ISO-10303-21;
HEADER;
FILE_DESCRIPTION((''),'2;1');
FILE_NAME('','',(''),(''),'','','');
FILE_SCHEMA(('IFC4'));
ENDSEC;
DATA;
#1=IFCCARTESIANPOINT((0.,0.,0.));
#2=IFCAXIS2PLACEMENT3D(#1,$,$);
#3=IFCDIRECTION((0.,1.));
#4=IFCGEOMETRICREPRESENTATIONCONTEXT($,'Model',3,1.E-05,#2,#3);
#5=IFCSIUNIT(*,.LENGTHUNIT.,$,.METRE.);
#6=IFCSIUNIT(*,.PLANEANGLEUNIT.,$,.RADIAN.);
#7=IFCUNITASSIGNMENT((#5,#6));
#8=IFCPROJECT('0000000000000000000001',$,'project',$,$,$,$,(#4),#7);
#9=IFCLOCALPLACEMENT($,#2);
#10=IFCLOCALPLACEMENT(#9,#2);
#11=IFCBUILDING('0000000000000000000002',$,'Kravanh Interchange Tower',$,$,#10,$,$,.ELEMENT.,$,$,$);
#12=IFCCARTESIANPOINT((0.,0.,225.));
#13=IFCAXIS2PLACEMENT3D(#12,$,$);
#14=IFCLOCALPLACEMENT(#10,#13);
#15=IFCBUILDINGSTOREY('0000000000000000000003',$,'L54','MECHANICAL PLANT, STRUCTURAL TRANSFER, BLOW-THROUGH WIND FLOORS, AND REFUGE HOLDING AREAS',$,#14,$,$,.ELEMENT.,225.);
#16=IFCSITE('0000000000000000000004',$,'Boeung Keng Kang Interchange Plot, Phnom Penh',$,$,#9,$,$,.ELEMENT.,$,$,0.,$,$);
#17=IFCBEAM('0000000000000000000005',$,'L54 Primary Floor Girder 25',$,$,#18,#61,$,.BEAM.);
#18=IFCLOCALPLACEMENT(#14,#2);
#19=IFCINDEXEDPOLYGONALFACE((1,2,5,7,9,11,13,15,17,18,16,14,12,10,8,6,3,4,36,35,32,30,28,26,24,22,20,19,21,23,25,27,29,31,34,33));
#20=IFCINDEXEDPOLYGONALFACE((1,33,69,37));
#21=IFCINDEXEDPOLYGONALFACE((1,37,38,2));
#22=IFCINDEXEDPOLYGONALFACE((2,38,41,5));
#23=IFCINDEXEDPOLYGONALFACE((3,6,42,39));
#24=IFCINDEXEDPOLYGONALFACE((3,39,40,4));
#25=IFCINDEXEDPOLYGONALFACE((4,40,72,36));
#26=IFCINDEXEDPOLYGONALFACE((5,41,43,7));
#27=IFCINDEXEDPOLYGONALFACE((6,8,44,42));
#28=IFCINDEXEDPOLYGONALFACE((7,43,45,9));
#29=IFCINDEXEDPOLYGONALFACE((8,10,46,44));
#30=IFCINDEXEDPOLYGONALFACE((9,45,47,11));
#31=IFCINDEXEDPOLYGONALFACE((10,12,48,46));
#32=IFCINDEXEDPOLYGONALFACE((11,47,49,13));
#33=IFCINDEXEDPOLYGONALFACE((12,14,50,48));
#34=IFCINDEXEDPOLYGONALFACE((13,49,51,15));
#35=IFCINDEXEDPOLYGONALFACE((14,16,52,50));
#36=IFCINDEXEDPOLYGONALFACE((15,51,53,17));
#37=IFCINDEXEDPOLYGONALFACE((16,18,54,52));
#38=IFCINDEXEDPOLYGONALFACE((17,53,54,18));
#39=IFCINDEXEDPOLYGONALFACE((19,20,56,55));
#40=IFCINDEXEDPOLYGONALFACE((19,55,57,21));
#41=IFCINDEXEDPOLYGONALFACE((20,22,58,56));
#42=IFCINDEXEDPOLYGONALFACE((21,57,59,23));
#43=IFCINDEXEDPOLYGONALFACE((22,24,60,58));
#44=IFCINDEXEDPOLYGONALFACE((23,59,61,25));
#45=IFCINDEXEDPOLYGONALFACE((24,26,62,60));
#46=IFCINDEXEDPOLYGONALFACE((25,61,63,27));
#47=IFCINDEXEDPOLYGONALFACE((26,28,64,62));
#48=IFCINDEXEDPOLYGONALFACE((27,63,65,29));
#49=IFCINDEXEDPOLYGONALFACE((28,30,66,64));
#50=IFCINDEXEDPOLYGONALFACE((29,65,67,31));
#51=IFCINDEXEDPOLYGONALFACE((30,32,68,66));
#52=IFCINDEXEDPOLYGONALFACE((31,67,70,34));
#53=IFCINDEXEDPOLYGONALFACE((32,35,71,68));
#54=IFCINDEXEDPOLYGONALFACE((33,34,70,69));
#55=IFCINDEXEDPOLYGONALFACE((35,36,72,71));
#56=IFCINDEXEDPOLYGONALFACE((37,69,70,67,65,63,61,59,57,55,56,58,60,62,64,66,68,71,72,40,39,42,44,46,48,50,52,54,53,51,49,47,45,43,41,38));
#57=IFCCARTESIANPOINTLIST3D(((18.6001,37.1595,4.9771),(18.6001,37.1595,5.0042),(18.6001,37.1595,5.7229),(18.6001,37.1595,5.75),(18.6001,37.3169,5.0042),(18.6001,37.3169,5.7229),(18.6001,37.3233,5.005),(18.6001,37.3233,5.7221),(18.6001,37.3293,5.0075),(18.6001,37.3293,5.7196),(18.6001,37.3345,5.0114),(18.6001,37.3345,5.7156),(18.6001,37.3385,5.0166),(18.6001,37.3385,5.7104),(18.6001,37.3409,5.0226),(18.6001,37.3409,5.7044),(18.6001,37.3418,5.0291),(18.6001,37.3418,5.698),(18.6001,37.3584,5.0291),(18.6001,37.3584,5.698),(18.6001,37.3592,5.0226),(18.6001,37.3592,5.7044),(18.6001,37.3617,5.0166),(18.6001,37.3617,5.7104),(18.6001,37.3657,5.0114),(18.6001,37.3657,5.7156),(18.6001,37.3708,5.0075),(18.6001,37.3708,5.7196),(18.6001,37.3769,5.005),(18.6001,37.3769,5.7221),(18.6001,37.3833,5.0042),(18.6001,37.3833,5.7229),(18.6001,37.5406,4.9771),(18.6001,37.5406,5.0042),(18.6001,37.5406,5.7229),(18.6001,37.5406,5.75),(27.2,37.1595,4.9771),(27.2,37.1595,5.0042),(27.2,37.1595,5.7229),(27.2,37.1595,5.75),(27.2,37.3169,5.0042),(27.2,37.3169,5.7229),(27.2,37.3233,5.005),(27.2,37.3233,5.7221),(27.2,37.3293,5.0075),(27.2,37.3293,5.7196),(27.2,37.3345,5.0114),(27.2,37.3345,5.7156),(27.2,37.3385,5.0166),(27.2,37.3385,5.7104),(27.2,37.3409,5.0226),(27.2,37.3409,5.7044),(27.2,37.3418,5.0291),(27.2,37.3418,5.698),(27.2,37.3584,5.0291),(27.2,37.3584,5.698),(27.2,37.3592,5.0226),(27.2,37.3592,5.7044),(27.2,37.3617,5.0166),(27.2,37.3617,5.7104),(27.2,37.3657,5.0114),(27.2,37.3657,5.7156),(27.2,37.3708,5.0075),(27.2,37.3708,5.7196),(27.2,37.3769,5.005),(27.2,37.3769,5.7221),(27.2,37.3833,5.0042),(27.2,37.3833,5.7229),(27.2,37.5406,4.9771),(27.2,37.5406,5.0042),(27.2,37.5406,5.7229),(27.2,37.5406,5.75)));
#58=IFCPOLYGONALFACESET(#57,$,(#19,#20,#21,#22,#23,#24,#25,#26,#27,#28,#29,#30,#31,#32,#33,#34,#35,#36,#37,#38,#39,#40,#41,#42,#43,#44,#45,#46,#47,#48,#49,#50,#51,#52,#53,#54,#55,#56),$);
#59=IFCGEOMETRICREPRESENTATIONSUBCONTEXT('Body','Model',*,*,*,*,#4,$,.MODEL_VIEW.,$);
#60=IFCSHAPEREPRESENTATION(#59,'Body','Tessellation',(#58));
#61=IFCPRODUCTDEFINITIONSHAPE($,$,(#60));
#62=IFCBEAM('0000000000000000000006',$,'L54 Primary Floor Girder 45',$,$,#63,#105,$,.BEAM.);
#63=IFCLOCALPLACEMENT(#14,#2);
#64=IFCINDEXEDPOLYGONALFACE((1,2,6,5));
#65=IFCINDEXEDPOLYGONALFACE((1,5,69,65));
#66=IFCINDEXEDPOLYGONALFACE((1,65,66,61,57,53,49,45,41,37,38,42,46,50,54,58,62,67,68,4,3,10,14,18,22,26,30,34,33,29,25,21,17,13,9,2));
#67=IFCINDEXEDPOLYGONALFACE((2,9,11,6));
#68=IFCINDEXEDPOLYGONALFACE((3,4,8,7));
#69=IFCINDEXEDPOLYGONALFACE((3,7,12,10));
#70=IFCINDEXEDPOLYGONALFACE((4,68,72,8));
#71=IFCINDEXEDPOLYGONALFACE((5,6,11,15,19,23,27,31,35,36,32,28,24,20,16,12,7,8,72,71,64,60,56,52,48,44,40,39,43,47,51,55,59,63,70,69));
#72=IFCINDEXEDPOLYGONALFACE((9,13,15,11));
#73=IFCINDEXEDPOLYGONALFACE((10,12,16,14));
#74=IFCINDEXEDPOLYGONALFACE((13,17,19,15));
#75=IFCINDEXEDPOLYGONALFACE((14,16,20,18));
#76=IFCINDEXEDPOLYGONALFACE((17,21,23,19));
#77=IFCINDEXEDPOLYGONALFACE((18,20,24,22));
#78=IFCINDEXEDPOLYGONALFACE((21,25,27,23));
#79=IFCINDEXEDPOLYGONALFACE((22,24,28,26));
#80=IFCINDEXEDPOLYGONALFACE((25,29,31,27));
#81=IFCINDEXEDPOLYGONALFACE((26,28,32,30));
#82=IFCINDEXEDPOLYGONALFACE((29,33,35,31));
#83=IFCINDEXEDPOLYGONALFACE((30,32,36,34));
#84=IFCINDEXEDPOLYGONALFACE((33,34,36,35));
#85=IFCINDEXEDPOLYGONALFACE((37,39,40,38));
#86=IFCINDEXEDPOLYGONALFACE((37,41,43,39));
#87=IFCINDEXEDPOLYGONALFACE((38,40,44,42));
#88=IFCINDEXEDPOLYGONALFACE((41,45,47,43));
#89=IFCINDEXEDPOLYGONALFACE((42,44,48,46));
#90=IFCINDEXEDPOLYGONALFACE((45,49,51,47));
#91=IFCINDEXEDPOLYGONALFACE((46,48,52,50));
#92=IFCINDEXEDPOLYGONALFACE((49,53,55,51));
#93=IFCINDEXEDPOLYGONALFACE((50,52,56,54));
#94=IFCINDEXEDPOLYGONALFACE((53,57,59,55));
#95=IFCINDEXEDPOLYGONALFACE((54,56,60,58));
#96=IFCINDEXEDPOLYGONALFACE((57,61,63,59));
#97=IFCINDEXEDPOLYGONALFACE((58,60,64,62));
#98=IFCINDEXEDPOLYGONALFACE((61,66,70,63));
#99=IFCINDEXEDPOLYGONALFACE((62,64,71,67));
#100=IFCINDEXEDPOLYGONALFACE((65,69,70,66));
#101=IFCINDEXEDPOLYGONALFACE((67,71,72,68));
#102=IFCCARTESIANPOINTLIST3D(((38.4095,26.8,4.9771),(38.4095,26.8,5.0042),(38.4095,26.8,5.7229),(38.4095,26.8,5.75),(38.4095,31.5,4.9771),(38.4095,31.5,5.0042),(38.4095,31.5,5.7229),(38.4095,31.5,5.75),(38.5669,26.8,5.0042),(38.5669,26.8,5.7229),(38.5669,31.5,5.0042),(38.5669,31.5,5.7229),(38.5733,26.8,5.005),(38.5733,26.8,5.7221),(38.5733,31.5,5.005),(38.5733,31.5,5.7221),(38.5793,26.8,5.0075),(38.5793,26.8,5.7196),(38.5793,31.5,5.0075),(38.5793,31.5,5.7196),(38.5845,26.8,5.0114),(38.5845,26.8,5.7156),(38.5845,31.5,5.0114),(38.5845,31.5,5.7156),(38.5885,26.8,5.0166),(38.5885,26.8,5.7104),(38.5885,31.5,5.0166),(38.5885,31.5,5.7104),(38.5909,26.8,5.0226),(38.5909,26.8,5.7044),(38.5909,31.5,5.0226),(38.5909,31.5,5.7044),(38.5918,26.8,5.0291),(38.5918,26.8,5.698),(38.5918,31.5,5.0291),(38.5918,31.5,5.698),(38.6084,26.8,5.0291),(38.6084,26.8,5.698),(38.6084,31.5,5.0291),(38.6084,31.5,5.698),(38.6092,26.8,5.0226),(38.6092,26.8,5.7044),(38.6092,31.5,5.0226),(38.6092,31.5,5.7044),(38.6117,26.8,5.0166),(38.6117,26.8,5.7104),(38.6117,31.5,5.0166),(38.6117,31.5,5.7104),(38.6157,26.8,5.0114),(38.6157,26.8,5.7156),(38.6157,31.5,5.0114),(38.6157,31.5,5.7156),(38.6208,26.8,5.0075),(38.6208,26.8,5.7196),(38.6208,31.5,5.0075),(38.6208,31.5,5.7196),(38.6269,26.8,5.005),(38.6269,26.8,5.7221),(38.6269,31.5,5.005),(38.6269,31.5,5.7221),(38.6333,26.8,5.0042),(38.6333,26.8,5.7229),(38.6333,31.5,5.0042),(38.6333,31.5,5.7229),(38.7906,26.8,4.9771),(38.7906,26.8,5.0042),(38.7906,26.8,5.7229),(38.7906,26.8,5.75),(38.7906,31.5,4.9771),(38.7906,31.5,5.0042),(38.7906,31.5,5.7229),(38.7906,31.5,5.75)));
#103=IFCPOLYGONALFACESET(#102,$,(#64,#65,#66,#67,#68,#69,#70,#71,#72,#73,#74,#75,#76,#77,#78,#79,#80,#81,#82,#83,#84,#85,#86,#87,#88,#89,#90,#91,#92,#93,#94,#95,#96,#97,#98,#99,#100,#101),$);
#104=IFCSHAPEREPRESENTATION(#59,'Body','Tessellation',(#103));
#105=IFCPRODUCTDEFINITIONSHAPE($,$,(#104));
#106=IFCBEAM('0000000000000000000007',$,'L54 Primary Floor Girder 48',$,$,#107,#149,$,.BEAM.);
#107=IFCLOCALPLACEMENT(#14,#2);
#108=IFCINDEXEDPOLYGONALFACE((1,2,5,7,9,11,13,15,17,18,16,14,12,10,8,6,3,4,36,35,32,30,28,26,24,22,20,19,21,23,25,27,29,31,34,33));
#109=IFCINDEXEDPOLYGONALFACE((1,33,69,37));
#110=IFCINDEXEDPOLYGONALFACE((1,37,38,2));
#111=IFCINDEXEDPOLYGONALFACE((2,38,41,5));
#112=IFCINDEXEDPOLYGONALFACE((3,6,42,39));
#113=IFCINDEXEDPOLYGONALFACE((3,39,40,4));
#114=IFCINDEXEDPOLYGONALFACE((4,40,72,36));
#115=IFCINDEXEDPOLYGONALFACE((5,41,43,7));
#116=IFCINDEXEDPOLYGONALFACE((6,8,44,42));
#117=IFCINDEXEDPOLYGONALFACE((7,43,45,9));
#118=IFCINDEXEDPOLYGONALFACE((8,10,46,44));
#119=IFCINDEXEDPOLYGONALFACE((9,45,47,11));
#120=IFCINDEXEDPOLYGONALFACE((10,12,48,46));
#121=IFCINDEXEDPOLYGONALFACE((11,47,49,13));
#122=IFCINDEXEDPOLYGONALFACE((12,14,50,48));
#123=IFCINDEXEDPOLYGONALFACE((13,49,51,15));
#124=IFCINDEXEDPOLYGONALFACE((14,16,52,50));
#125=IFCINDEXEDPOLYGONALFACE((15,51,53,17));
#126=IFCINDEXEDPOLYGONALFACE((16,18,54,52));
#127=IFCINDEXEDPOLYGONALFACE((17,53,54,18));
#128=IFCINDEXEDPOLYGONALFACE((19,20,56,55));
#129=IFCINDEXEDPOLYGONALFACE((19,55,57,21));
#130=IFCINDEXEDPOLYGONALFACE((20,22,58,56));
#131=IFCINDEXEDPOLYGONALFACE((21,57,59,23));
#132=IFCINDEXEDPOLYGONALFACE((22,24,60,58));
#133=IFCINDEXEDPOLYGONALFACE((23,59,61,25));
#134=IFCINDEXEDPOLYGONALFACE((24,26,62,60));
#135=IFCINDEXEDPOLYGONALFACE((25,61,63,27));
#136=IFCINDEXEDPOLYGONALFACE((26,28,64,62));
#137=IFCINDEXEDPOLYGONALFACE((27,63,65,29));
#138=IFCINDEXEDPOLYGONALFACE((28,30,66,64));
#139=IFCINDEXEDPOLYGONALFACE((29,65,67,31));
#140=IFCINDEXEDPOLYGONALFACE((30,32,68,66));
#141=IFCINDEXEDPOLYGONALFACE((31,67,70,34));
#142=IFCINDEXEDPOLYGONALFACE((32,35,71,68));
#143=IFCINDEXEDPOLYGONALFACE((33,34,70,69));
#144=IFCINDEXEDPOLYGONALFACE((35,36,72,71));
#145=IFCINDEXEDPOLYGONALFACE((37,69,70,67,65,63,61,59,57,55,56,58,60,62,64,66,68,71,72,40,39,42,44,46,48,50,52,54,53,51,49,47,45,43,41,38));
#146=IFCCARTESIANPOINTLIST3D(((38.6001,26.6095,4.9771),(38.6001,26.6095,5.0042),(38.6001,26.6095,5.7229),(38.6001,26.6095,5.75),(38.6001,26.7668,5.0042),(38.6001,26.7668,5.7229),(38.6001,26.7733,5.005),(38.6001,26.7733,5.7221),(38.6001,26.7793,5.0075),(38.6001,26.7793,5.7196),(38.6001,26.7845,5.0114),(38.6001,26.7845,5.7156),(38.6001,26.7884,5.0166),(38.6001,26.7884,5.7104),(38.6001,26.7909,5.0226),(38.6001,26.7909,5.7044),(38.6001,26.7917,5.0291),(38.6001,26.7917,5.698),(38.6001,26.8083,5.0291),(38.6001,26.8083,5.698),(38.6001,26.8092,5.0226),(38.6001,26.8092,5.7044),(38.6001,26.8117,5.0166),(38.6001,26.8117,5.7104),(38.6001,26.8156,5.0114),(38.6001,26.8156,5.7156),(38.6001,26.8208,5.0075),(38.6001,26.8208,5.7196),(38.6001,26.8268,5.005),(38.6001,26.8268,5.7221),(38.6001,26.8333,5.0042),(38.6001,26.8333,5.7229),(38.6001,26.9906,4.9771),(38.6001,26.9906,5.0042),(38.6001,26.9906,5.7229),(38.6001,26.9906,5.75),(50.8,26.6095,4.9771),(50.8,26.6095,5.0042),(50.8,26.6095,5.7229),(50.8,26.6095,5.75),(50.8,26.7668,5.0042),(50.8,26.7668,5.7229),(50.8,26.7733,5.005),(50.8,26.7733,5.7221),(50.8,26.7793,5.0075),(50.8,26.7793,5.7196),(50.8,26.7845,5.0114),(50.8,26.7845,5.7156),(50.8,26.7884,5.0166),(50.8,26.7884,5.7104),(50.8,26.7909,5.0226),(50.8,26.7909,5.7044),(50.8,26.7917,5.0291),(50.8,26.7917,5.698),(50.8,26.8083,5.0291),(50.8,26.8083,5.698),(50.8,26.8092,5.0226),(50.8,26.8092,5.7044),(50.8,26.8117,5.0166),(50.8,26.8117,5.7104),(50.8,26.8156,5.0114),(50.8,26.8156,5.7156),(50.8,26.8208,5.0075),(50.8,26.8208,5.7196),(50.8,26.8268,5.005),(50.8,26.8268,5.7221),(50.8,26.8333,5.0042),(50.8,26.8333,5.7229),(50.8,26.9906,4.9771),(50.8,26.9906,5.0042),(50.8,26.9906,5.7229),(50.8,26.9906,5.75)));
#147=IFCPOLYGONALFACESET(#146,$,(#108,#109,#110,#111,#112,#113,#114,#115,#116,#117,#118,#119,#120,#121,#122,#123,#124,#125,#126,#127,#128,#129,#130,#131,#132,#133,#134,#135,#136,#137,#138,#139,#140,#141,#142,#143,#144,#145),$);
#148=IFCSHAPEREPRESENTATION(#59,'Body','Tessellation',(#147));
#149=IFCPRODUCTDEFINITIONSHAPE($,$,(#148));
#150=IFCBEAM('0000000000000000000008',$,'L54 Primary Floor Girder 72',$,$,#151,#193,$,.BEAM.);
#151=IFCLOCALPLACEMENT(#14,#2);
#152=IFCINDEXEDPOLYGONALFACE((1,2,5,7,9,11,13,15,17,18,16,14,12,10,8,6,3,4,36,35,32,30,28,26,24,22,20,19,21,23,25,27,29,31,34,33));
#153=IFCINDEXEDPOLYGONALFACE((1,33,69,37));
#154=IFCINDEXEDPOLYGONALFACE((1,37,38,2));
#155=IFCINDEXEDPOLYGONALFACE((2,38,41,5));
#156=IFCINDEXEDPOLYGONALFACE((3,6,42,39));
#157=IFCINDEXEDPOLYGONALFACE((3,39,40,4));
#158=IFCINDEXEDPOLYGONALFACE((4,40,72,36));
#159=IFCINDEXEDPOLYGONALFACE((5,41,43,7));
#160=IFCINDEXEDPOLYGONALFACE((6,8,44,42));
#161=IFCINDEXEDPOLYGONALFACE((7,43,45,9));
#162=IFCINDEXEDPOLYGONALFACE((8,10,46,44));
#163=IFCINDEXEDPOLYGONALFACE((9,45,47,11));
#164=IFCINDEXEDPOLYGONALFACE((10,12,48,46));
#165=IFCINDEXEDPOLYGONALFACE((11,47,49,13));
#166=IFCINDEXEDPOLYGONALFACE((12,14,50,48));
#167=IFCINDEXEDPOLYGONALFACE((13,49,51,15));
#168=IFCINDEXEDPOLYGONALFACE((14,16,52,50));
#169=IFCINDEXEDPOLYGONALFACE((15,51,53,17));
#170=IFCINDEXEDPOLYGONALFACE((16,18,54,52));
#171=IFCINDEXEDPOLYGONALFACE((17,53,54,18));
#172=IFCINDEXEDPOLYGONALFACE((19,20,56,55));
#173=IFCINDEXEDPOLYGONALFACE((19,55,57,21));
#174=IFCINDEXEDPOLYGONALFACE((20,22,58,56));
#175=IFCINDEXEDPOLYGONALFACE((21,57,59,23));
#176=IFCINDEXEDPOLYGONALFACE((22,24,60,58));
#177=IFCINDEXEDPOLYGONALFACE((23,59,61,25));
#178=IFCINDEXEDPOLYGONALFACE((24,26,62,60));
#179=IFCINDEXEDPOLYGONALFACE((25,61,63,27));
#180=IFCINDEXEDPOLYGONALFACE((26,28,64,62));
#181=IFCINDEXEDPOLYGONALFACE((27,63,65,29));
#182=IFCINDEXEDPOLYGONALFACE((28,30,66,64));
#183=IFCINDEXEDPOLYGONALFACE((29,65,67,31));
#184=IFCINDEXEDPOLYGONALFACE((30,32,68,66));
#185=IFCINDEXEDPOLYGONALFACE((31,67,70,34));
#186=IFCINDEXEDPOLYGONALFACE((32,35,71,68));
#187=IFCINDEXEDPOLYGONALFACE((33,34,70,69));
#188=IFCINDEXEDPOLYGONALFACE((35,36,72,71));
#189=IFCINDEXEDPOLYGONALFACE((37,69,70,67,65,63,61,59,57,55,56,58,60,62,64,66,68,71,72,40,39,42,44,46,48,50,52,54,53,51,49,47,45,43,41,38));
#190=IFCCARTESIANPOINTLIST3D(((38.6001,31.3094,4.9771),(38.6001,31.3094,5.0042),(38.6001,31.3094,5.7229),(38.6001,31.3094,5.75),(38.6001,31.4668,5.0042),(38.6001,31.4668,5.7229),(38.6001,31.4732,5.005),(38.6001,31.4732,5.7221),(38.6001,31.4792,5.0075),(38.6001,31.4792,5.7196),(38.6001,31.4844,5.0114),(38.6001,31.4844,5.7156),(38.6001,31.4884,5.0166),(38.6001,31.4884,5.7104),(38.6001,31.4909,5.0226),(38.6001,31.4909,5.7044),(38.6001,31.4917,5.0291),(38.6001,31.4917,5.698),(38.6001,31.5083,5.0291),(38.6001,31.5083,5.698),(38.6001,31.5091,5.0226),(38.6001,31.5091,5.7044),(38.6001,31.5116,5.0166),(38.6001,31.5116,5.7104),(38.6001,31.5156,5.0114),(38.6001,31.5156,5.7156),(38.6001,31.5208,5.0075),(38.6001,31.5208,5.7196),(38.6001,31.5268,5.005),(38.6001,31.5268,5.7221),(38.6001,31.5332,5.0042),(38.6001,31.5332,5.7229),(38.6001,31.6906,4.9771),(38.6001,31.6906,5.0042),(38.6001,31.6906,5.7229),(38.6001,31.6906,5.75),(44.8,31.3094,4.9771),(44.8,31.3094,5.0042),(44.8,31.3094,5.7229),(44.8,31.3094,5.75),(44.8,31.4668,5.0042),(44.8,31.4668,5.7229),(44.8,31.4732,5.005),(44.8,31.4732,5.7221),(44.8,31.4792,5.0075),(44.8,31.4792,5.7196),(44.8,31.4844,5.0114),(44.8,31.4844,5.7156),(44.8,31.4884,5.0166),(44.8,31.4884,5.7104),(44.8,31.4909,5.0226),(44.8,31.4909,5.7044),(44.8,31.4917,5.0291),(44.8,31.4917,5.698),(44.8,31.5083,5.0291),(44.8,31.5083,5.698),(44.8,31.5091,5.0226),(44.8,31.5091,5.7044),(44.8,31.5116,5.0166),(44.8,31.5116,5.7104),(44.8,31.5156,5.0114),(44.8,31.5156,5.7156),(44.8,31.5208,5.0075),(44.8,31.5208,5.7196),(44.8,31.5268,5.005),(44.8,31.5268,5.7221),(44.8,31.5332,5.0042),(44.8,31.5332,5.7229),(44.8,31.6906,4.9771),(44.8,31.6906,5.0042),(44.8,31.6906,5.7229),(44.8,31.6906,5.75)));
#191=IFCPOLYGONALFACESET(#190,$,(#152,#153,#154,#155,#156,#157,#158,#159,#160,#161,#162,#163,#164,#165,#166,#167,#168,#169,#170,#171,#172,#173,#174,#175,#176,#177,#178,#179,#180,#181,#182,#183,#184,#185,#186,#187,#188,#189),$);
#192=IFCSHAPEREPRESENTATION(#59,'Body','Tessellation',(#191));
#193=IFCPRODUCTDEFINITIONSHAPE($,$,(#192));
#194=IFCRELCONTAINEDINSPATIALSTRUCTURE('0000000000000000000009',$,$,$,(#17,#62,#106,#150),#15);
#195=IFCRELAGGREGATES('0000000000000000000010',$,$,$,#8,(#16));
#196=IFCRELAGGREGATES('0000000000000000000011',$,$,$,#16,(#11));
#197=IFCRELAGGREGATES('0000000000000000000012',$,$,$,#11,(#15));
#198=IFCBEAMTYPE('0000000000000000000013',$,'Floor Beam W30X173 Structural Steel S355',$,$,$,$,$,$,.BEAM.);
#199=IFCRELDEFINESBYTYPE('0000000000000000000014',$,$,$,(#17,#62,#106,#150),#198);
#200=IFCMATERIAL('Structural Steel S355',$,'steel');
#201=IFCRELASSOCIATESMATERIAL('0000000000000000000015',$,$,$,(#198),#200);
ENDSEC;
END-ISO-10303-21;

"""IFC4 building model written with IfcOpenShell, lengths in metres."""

from ifc_helpers import new_model, si_unit, direction, frame, origin, origin_2d, place, context, subcontext, project, spatial, i_section, extrude, material, material_profile, profile_set, type_object, element, save


model = new_model("IFC4")

# Units and contexts
model_context = context("Model", 3, precision=1e-05, world=origin(), true_north=direction((0.0, 1.0)))
body_context = subcontext(model_context, "Body", "Model", "MODEL_VIEW")
ifc_project = project(units=[si_unit("LENGTHUNIT", "METRE"), si_unit("PLANEANGLEUNIT", "RADIAN")], contexts=[model_context])

# Site, building, storey
site_placement = place(None, origin())
site = spatial("IfcSite", under=ifc_project, at=site_placement, Name="Boeung Keng Kang Interchange Plot, Phnom Penh", CompositionType="ELEMENT", RefElevation=0.0)
building_placement = place(site_placement, origin())
building = spatial("IfcBuilding", under=site, at=building_placement, Name="Kravanh Interchange Tower", CompositionType="ELEMENT")
storey_placement = place(building_placement, frame((0.0, 0.0, 225.0)))
storey = spatial("IfcBuildingStorey", under=building, at=storey_placement, Name="L54", Description="MECHANICAL PLANT, STRUCTURAL TRANSFER, BLOW-THROUGH WIND FLOORS, AND REFUGE HOLDING AREAS", CompositionType="ELEMENT", Elevation=225.0)

# Beams
ifc_material_1 = material(Name="Structural Steel S355", Category="steel")
ifc_material_profile_1 = material_profile(ifc_material_1, i_section(OverallWidth=0.3811, OverallDepth=0.7729, WebThickness=0.0166, FlangeThickness=0.0271, FilletRadius=0.0249, at=origin_2d()), Name="W30X173")
ifc_profile_set_1 = profile_set([ifc_material_profile_1], Name="Structural Steel S355")
beam_type_1 = type_object("IfcBeamType", Name="Floor Beam W30X173 Structural Steel S355", PredefinedType="BEAM", material=ifc_profile_set_1)
beam_1_placement = place(storey_placement, frame((27.2, 37.3501, 5.3635), z_axis=(-1.0, 0.0, 0.0), x_axis=(0.0, -1.0, 0.0)))
element("IfcBeam", 1, at=beam_1_placement, inside=storey, type_object=beam_type_1, Name="L54 Primary Floor Girder 25", PredefinedType="BEAM", context=body_context, shape_type="SweptSolid", body=[
    extrude(i_section(OverallWidth=0.3811, OverallDepth=0.7729, WebThickness=0.0166, FlangeThickness=0.0271, FilletRadius=0.0249, at=origin_2d()), origin(), (0.0, 0.0, 1.0), 8.5999),
])
beam_2_placement = place(storey_placement, frame((38.6001, 26.8, 5.3635), z_axis=(0.0, 1.0, 0.0), x_axis=(-1.0, 0.0, 0.0)))
element("IfcBeam", 2, at=beam_2_placement, inside=storey, type_object=beam_type_1, Name="L54 Primary Floor Girder 45", PredefinedType="BEAM", context=body_context, shape_type="SweptSolid", body=[
    extrude(i_section(OverallWidth=0.3811, OverallDepth=0.7729, WebThickness=0.0166, FlangeThickness=0.0271, FilletRadius=0.0249, at=origin_2d()), origin(), (0.0, 0.0, 1.0), 4.7),
])
beam_3_placement = place(storey_placement, frame((38.6001, 26.8, 5.3635), z_axis=(1.0, 0.0, 0.0), x_axis=(0.0, 1.0, 0.0)))
element("IfcBeam", 3, at=beam_3_placement, inside=storey, type_object=beam_type_1, Name="L54 Primary Floor Girder 48", PredefinedType="BEAM", context=body_context, shape_type="SweptSolid", body=[
    extrude(i_section(OverallWidth=0.3811, OverallDepth=0.7729, WebThickness=0.0166, FlangeThickness=0.0271, FilletRadius=0.0249, at=origin_2d()), origin(), (0.0, 0.0, 1.0), 12.2),
])
beam_4_placement = place(storey_placement, frame((38.6001, 31.5, 5.3635), z_axis=(1.0, 0.0, 0.0), x_axis=(0.0, 1.0, 0.0)))
element("IfcBeam", 4, at=beam_4_placement, inside=storey, type_object=beam_type_1, Name="L54 Primary Floor Girder 72", PredefinedType="BEAM", context=body_context, shape_type="SweptSolid", body=[
    extrude(i_section(OverallWidth=0.3811, OverallDepth=0.7729, WebThickness=0.0166, FlangeThickness=0.0271, FilletRadius=0.0249, at=origin_2d()), origin(), (0.0, 0.0, 1.0), 6.2),
])

save(model, "model.ifc")
